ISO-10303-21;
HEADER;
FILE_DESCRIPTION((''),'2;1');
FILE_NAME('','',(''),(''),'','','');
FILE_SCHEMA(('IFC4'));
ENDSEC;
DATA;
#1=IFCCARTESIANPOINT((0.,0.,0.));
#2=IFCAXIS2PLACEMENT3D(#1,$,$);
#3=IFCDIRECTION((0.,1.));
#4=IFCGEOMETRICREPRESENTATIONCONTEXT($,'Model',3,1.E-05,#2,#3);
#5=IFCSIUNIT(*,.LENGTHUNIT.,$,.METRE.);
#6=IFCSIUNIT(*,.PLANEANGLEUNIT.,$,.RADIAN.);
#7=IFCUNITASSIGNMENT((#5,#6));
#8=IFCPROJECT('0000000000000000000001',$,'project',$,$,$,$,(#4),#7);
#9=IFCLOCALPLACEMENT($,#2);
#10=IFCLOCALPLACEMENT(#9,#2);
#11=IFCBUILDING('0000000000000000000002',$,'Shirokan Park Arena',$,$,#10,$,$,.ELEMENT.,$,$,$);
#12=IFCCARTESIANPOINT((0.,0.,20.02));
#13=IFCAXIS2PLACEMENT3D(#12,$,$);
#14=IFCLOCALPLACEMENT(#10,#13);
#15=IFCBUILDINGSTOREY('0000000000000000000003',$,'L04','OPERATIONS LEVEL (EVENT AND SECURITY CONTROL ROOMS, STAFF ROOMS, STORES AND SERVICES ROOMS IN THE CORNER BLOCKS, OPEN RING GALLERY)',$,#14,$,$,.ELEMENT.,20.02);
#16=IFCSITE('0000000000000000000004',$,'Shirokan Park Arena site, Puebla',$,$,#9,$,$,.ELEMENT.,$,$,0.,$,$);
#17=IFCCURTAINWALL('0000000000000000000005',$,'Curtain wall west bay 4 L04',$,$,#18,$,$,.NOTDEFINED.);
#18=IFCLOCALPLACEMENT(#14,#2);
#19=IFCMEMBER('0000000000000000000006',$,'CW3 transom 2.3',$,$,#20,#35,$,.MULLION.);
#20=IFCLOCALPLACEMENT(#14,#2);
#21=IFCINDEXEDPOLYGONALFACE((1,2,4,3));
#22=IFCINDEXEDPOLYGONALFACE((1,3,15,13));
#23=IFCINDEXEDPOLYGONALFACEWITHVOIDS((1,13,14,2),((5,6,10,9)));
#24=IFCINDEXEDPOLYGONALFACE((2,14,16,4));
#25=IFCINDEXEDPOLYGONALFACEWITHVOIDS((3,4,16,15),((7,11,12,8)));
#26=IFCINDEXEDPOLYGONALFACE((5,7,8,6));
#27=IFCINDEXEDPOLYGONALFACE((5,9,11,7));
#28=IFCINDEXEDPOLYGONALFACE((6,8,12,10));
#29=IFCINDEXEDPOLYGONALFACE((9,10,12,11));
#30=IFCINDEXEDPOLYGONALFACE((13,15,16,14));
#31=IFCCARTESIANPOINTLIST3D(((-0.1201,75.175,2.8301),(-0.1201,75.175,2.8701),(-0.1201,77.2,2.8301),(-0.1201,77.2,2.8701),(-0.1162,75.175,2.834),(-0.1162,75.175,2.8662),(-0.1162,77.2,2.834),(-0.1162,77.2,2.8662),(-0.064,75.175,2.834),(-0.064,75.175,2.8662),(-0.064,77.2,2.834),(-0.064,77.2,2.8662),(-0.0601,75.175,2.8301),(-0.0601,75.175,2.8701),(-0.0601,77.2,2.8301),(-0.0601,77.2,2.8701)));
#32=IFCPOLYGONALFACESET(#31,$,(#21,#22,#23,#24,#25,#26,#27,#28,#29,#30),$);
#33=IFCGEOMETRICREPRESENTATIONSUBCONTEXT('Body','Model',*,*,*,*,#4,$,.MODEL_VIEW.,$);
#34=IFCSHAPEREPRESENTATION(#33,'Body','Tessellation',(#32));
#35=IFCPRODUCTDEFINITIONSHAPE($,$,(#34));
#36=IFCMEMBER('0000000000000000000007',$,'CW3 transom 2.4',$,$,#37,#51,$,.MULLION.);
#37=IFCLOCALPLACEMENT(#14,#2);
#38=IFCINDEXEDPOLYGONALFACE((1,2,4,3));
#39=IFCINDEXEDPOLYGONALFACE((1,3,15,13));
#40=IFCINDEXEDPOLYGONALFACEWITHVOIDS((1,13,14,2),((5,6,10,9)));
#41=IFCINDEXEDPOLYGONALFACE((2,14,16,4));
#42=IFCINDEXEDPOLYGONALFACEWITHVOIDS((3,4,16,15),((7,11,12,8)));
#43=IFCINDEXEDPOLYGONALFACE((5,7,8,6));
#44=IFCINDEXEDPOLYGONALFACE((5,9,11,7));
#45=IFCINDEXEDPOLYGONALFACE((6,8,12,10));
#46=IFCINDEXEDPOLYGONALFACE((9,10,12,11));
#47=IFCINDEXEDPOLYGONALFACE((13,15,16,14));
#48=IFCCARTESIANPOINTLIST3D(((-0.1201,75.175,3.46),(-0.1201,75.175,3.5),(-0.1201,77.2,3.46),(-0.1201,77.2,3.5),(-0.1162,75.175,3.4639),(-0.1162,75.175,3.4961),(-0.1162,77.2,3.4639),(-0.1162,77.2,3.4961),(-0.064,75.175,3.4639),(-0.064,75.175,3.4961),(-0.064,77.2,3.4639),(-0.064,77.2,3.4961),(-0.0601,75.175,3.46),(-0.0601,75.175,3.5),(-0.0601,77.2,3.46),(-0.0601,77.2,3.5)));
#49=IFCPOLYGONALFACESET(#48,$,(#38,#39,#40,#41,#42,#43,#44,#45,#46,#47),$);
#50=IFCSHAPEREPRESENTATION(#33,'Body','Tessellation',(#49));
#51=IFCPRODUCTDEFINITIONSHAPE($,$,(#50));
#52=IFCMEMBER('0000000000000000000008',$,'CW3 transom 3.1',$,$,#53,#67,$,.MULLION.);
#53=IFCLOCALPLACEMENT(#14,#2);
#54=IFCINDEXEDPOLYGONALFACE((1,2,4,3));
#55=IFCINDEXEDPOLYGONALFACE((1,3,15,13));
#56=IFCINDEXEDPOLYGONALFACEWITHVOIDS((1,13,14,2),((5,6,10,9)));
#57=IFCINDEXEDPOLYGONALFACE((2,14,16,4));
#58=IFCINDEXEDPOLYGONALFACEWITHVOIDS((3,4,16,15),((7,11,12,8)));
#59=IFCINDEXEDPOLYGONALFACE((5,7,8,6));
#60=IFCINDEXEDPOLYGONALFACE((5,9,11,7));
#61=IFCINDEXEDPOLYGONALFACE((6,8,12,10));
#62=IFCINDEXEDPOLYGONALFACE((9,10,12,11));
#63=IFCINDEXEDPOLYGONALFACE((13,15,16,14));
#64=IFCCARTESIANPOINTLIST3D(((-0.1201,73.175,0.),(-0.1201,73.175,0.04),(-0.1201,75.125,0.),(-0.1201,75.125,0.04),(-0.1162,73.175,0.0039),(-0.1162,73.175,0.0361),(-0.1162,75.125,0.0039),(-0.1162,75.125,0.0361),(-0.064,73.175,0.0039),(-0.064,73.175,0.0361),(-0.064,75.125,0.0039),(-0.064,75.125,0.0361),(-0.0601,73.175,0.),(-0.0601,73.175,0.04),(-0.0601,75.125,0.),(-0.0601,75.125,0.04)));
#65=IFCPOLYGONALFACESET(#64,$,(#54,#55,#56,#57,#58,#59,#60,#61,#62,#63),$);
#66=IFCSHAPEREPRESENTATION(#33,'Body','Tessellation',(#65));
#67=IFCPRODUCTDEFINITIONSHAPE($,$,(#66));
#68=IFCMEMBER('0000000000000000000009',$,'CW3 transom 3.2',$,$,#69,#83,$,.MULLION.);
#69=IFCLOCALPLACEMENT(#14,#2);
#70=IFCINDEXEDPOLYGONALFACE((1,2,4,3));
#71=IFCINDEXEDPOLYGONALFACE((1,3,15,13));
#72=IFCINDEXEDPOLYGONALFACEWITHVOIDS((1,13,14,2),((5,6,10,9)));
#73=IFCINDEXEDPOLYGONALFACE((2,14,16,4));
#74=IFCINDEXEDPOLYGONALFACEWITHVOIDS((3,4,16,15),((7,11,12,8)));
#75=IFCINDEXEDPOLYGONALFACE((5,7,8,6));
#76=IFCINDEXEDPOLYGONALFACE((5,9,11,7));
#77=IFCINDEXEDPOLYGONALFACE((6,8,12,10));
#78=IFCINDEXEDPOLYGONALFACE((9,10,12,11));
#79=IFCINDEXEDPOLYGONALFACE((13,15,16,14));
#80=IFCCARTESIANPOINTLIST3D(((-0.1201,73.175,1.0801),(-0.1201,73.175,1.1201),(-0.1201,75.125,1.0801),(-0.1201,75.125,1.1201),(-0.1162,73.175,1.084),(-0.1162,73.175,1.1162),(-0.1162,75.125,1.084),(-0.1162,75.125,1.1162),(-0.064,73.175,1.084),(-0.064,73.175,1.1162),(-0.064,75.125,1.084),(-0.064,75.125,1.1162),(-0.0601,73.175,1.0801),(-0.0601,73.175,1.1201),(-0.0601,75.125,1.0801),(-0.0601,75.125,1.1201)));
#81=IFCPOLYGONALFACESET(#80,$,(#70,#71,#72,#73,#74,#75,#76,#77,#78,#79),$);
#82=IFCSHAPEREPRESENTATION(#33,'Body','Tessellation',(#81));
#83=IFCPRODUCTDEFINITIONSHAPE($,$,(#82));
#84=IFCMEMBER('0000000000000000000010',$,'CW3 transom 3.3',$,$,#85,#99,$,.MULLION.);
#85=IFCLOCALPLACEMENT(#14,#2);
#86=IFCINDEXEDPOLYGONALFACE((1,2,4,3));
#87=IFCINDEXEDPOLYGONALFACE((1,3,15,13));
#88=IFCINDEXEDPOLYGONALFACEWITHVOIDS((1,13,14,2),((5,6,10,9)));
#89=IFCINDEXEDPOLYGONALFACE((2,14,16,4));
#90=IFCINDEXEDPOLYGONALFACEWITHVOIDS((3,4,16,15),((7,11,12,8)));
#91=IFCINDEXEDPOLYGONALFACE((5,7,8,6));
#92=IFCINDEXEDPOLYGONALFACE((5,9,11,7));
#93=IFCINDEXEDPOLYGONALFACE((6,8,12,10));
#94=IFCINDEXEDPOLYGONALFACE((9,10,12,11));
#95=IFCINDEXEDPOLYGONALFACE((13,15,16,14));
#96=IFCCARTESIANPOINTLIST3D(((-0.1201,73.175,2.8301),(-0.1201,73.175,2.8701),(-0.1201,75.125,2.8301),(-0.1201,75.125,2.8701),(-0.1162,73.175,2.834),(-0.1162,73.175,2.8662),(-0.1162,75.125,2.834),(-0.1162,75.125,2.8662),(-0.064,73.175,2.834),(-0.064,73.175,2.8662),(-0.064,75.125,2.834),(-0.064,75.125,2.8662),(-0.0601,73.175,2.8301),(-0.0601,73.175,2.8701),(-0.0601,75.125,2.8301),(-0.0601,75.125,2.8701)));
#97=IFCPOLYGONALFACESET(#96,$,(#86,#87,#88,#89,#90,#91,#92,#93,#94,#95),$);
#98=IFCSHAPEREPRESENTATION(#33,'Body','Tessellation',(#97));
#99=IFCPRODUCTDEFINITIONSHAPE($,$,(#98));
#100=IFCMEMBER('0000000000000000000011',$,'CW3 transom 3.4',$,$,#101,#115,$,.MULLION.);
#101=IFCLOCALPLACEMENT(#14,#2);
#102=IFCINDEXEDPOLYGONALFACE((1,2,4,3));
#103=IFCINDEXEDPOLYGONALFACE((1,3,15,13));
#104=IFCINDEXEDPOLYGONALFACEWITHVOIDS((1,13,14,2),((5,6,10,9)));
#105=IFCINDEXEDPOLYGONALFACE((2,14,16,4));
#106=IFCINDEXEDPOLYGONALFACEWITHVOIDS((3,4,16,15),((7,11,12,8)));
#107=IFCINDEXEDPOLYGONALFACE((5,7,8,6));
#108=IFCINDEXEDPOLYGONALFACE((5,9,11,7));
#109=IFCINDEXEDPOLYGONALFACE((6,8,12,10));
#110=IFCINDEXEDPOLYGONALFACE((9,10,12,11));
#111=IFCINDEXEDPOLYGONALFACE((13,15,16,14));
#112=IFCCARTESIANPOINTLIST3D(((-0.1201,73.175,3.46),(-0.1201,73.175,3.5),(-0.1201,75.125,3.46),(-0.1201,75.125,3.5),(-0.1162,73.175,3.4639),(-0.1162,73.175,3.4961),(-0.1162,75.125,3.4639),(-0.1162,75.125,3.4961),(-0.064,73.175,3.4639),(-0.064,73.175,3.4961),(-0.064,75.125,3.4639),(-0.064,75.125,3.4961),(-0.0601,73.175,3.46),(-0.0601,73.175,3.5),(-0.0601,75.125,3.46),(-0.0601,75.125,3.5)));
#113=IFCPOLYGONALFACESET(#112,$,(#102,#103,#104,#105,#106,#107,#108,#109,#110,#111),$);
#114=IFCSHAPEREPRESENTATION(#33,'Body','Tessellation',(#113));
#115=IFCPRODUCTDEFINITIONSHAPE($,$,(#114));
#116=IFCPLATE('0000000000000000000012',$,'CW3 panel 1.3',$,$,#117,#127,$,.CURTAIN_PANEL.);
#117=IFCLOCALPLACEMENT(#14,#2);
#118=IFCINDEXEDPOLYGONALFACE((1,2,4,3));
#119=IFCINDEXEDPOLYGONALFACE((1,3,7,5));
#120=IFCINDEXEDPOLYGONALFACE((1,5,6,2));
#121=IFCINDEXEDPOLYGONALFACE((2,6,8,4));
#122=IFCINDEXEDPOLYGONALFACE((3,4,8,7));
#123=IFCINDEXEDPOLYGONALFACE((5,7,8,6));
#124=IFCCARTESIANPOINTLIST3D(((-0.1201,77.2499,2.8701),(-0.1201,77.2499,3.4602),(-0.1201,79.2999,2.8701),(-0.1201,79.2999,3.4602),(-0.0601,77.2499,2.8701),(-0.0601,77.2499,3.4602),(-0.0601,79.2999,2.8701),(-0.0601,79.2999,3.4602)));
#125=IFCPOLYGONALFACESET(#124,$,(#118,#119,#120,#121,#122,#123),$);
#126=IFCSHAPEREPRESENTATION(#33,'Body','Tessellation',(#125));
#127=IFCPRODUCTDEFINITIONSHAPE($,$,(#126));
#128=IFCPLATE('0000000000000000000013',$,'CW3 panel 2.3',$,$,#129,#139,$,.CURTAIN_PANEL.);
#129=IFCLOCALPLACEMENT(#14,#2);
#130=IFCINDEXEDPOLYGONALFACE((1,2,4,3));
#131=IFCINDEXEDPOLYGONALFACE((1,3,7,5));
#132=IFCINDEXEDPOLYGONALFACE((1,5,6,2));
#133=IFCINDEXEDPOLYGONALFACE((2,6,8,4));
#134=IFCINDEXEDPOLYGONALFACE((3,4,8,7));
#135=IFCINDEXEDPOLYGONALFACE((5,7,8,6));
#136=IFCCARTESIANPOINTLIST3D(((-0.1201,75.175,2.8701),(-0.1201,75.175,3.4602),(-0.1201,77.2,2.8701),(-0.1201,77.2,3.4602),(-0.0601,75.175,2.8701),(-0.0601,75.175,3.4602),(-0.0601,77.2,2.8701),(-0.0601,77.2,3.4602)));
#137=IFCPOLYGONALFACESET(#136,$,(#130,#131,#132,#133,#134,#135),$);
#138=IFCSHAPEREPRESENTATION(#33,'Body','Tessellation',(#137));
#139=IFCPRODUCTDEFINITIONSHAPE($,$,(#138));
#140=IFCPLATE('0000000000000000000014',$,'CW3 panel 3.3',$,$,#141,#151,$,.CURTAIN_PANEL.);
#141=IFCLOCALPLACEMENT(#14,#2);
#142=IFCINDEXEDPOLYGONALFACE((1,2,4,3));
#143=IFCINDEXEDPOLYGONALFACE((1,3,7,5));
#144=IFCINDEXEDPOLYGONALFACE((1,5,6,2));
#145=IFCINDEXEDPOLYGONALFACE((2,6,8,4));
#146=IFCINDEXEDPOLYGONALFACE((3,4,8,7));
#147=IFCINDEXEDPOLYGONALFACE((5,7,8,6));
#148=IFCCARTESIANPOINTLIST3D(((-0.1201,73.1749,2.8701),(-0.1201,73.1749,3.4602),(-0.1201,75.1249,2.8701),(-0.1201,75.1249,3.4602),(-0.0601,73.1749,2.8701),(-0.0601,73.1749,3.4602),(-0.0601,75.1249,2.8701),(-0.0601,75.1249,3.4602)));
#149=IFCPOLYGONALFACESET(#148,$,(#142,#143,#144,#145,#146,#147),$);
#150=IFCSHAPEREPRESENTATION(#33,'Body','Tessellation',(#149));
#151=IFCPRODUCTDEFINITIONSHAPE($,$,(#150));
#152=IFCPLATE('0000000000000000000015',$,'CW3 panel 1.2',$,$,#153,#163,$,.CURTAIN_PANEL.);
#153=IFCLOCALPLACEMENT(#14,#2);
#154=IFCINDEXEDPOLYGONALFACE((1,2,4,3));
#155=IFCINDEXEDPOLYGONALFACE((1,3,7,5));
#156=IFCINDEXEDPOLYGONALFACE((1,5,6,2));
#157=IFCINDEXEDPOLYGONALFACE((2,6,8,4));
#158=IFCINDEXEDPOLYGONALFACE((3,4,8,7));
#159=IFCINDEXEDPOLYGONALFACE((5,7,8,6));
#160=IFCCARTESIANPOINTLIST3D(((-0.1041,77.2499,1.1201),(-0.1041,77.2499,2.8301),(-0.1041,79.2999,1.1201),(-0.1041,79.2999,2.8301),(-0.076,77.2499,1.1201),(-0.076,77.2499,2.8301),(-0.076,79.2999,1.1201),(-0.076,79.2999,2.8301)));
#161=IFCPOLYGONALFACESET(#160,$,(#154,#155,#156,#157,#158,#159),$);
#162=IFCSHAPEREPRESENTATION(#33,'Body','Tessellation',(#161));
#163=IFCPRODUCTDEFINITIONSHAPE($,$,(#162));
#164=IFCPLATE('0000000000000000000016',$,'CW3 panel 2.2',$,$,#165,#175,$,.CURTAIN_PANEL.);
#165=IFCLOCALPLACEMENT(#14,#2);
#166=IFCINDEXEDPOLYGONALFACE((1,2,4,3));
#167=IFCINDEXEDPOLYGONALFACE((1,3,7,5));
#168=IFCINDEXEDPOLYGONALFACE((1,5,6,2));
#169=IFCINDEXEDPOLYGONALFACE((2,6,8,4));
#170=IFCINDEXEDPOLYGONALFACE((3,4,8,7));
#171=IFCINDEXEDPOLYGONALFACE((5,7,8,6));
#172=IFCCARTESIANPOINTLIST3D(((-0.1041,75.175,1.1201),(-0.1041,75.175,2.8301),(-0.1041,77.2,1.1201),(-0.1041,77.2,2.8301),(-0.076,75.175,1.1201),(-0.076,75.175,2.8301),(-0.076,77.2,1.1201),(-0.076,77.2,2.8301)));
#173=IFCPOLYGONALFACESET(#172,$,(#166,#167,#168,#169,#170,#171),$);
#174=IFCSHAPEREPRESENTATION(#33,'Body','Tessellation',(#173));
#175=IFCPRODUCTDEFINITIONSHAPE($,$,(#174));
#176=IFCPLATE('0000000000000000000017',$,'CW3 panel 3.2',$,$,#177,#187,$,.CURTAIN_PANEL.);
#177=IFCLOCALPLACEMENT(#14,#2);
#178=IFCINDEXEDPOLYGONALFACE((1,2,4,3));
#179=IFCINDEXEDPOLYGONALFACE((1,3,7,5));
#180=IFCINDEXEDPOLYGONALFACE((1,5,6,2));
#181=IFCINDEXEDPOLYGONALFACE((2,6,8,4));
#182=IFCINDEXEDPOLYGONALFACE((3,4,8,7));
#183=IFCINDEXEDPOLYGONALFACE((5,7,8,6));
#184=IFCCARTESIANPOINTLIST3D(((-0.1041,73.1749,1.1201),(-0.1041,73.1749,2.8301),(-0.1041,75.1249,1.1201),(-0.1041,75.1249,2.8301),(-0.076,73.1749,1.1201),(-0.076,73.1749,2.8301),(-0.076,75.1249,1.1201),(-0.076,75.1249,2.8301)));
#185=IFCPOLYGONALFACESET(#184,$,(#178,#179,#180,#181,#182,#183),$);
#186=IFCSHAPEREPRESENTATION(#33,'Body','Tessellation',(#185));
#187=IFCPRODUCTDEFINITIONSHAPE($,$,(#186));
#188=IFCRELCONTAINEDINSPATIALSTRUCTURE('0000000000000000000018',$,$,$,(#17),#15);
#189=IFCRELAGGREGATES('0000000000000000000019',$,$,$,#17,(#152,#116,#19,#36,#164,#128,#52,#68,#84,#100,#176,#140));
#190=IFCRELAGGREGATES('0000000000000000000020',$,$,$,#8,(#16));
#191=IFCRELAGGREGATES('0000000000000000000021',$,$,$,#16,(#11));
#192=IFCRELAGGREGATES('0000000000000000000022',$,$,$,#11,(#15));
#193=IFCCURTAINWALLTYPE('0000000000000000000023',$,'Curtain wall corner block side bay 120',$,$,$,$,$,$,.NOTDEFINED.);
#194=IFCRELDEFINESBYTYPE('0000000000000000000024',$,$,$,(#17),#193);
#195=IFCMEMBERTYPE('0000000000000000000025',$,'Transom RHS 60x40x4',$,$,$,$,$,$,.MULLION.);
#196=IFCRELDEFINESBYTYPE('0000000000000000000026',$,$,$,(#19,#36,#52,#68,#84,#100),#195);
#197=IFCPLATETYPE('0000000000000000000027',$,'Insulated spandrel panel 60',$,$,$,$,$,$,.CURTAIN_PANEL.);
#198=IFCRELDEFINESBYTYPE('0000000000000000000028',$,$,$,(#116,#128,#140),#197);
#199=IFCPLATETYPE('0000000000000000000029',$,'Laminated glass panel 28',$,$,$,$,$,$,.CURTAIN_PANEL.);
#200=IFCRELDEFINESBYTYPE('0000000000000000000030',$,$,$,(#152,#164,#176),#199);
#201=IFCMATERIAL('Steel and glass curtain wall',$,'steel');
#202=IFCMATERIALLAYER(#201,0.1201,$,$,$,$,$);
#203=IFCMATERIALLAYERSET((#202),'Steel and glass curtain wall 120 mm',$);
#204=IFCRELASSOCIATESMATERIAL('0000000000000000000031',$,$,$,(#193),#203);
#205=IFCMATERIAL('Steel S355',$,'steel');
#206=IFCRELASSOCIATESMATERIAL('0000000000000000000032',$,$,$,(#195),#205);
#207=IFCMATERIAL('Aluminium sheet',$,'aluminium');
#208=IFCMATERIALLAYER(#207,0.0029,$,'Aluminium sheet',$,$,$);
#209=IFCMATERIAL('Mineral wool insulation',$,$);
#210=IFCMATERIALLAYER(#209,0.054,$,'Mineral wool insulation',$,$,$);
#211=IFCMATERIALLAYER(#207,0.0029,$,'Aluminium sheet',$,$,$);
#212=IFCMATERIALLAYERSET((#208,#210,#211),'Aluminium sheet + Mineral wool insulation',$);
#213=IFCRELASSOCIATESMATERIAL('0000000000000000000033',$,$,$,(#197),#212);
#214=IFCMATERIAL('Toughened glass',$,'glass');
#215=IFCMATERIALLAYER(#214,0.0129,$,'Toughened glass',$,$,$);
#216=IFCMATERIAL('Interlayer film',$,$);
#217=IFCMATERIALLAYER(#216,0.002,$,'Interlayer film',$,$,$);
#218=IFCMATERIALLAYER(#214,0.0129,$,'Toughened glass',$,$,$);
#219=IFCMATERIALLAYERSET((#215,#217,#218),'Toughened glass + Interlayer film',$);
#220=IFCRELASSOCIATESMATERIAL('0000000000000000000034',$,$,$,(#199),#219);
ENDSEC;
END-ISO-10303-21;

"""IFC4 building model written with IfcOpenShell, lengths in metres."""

from ifc_helpers import new_model, si_unit, direction, frame, origin, origin_2d, place, context, subcontext, project, spatial, rectangle, hollow_rectangle, extrude, material, layer, layer_set, material_profile, profile_set, type_object, element, aggregate, save


model = new_model("IFC4")

# Units and contexts
model_context = context("Model", 3, precision=1e-05, world=origin(), true_north=direction((0.0, 1.0)))
body_context = subcontext(model_context, "Body", "Model", "MODEL_VIEW")
ifc_project = project(units=[si_unit("LENGTHUNIT", "METRE"), si_unit("PLANEANGLEUNIT", "RADIAN")], contexts=[model_context])

# Site, building, storey
site_placement = place(None, origin())
site = spatial("IfcSite", under=ifc_project, at=site_placement, Name="Shirokan Park Arena site, Puebla", CompositionType="ELEMENT", RefElevation=0.0)
building_placement = place(site_placement, origin())
building = spatial("IfcBuilding", under=site, at=building_placement, Name="Shirokan Park Arena", CompositionType="ELEMENT")
storey_placement = place(building_placement, frame((0.0, 0.0, 20.02)))
storey = spatial("IfcBuildingStorey", under=building, at=storey_placement, Name="L04", Description="OPERATIONS LEVEL (EVENT AND SECURITY CONTROL ROOMS, STAFF ROOMS, STORES AND SERVICES ROOMS IN THE CORNER BLOCKS, OPEN RING GALLERY)", CompositionType="ELEMENT", Elevation=20.02)

# Curtain wall
ifc_material_1 = material(Name="Steel and glass curtain wall", Category="steel")
ifc_layer_1 = layer(ifc_material_1, 0.1201)
ifc_layer_set_1 = layer_set([ifc_layer_1], Name="Steel and glass curtain wall 120 mm")
curtain_wall_type = type_object("IfcCurtainWallType", Name="Curtain wall corner block side bay 120", PredefinedType="NOTDEFINED", material=ifc_layer_set_1)
curtain_wall_placement = place(storey_placement, origin())
curtain_wall = element("IfcCurtainWall", 1, at=curtain_wall_placement, inside=storey, type_object=curtain_wall_type, Name="Curtain wall west bay 4 L04", PredefinedType="NOTDEFINED")
ifc_material_2 = material(Name="Steel S355", Category="steel")

# Members
ifc_material_profile_1 = material_profile(ifc_material_2, hollow_rectangle(XDim=0.0601, YDim=0.04, WallThickness=0.0039, at=origin_2d()), Name="RHS 60x40x4")
ifc_profile_set_1 = profile_set([ifc_material_profile_1], Name="Steel S355")
member_type_1 = type_object("IfcMemberType", Name="Transom RHS 60x40x4", PredefinedType="MULLION", material=ifc_profile_set_1)
member_1_placement = place(storey_placement, frame((-0.0901, 77.2, 2.8501), z_axis=(0.0, -1.0, 0.0), x_axis=(1.0, 0.0, 0.0)))
member_1 = element("IfcMember", 2, at=member_1_placement, type_object=member_type_1, Name="CW3 transom 2.3", PredefinedType="MULLION", context=body_context, shape_type="SweptSolid", body=[
    extrude(hollow_rectangle(XDim=0.0601, YDim=0.04, WallThickness=0.0039, at=origin_2d()), origin(), (0.0, 0.0, 1.0), 2.0249),
])
member_2_placement = place(storey_placement, frame((-0.0901, 77.2, 3.48), z_axis=(0.0, -1.0, 0.0), x_axis=(1.0, 0.0, 0.0)))
member_2 = element("IfcMember", 3, at=member_2_placement, type_object=member_type_1, Name="CW3 transom 2.4", PredefinedType="MULLION", context=body_context, shape_type="SweptSolid", body=[
    extrude(hollow_rectangle(XDim=0.0601, YDim=0.04, WallThickness=0.0039, at=origin_2d()), origin(), (0.0, 0.0, 1.0), 2.0249),
])
member_3_placement = place(storey_placement, frame((-0.0901, 75.125, 0.02), z_axis=(0.0, -1.0, 0.0), x_axis=(1.0, 0.0, 0.0)))
member_3 = element("IfcMember", 4, at=member_3_placement, type_object=member_type_1, Name="CW3 transom 3.1", PredefinedType="MULLION", context=body_context, shape_type="SweptSolid", body=[
    extrude(hollow_rectangle(XDim=0.0601, YDim=0.04, WallThickness=0.0039, at=origin_2d()), origin(), (0.0, 0.0, 1.0), 1.95),
])
member_4_placement = place(storey_placement, frame((-0.0901, 75.125, 1.1001), z_axis=(0.0, -1.0, 0.0), x_axis=(1.0, 0.0, 0.0)))
member_4 = element("IfcMember", 5, at=member_4_placement, type_object=member_type_1, Name="CW3 transom 3.2", PredefinedType="MULLION", context=body_context, shape_type="SweptSolid", body=[
    extrude(hollow_rectangle(XDim=0.0601, YDim=0.04, WallThickness=0.0039, at=origin_2d()), origin(), (0.0, 0.0, 1.0), 1.95),
])
member_5_placement = place(storey_placement, frame((-0.0901, 75.125, 2.8501), z_axis=(0.0, -1.0, 0.0), x_axis=(1.0, 0.0, 0.0)))
member_5 = element("IfcMember", 6, at=member_5_placement, type_object=member_type_1, Name="CW3 transom 3.3", PredefinedType="MULLION", context=body_context, shape_type="SweptSolid", body=[
    extrude(hollow_rectangle(XDim=0.0601, YDim=0.04, WallThickness=0.0039, at=origin_2d()), origin(), (0.0, 0.0, 1.0), 1.95),
])
member_6_placement = place(storey_placement, frame((-0.0901, 75.125, 3.48), z_axis=(0.0, -1.0, 0.0), x_axis=(1.0, 0.0, 0.0)))
member_6 = element("IfcMember", 7, at=member_6_placement, type_object=member_type_1, Name="CW3 transom 3.4", PredefinedType="MULLION", context=body_context, shape_type="SweptSolid", body=[
    extrude(hollow_rectangle(XDim=0.0601, YDim=0.04, WallThickness=0.0039, at=origin_2d()), origin(), (0.0, 0.0, 1.0), 1.95),
])

# Plates
ifc_material_3 = material(Name="Aluminium sheet", Category="aluminium")
ifc_layer_2 = layer(ifc_material_3, 0.0029, Name="Aluminium sheet")
ifc_material_4 = material(Name="Mineral wool insulation")
ifc_layer_3 = layer(ifc_material_4, 0.054, Name="Mineral wool insulation")
ifc_layer_4 = layer(ifc_material_3, 0.0029, Name="Aluminium sheet")
ifc_layer_set_2 = layer_set([ifc_layer_2, ifc_layer_3, ifc_layer_4], Name="Aluminium sheet + Mineral wool insulation")
plate_type_1 = type_object("IfcPlateType", Name="Insulated spandrel panel 60", PredefinedType="CURTAIN_PANEL", material=ifc_layer_set_2)
plate_1_placement = place(storey_placement, frame((-0.0901, 78.2749, 2.8701), z_axis=(0.0, 0.0, 1.0), x_axis=(0.0, -1.0, 0.0)))
plate_1 = element("IfcPlate", 8, at=plate_1_placement, type_object=plate_type_1, Name="CW3 panel 1.3", PredefinedType="CURTAIN_PANEL", context=body_context, shape_type="SweptSolid", body=[
    extrude(rectangle(XDim=2.05, YDim=0.0601, at=origin_2d()), origin(), (0.0, 0.0, 1.0), 0.5901),
])
plate_2_placement = place(storey_placement, frame((-0.0901, 76.1875, 2.8701), z_axis=(0.0, 0.0, 1.0), x_axis=(0.0, -1.0, 0.0)))
plate_2 = element("IfcPlate", 9, at=plate_2_placement, type_object=plate_type_1, Name="CW3 panel 2.3", PredefinedType="CURTAIN_PANEL", context=body_context, shape_type="SweptSolid", body=[
    extrude(rectangle(XDim=2.0249, YDim=0.0601, at=origin_2d()), origin(), (0.0, 0.0, 1.0), 0.5901),
])
plate_3_placement = place(storey_placement, frame((-0.0901, 74.1499, 2.8701), z_axis=(0.0, 0.0, 1.0), x_axis=(0.0, -1.0, 0.0)))
plate_3 = element("IfcPlate", 10, at=plate_3_placement, type_object=plate_type_1, Name="CW3 panel 3.3", PredefinedType="CURTAIN_PANEL", context=body_context, shape_type="SweptSolid", body=[
    extrude(rectangle(XDim=1.95, YDim=0.0601, at=origin_2d()), origin(), (0.0, 0.0, 1.0), 0.5901),
])
ifc_material_5 = material(Name="Toughened glass", Category="glass")
ifc_layer_5 = layer(ifc_material_5, 0.0129, Name="Toughened glass")
ifc_material_6 = material(Name="Interlayer film")
ifc_layer_6 = layer(ifc_material_6, 0.002, Name="Interlayer film")
ifc_layer_7 = layer(ifc_material_5, 0.0129, Name="Toughened glass")
ifc_layer_set_3 = layer_set([ifc_layer_5, ifc_layer_6, ifc_layer_7], Name="Toughened glass + Interlayer film")
plate_type_2 = type_object("IfcPlateType", Name="Laminated glass panel 28", PredefinedType="CURTAIN_PANEL", material=ifc_layer_set_3)
plate_4_placement = place(storey_placement, frame((-0.0901, 78.2749, 1.1201), z_axis=(0.0, 0.0, 1.0), x_axis=(0.0, -1.0, 0.0)))
plate_4 = element("IfcPlate", 11, at=plate_4_placement, type_object=plate_type_2, Name="CW3 panel 1.2", PredefinedType="CURTAIN_PANEL", context=body_context, shape_type="SweptSolid", body=[
    extrude(rectangle(XDim=2.05, YDim=0.0281, at=origin_2d()), origin(), (0.0, 0.0, 1.0), 1.71),
])
plate_5_placement = place(storey_placement, frame((-0.0901, 76.1875, 1.1201), z_axis=(0.0, 0.0, 1.0), x_axis=(0.0, -1.0, 0.0)))
plate_5 = element("IfcPlate", 12, at=plate_5_placement, type_object=plate_type_2, Name="CW3 panel 2.2", PredefinedType="CURTAIN_PANEL", context=body_context, shape_type="SweptSolid", body=[
    extrude(rectangle(XDim=2.0249, YDim=0.0281, at=origin_2d()), origin(), (0.0, 0.0, 1.0), 1.71),
])
plate_6_placement = place(storey_placement, frame((-0.0901, 74.1499, 1.1201), z_axis=(0.0, 0.0, 1.0), x_axis=(0.0, -1.0, 0.0)))
plate_6 = element("IfcPlate", 13, at=plate_6_placement, type_object=plate_type_2, Name="CW3 panel 3.2", PredefinedType="CURTAIN_PANEL", context=body_context, shape_type="SweptSolid", body=[
    extrude(rectangle(XDim=1.95, YDim=0.0281, at=origin_2d()), origin(), (0.0, 0.0, 1.0), 1.71),
])
aggregate(curtain_wall, [plate_4, plate_1, member_1, member_2, plate_5, plate_2, member_3, member_4, member_5, member_6, plate_6, plate_3])

save(model, "model.ifc")
